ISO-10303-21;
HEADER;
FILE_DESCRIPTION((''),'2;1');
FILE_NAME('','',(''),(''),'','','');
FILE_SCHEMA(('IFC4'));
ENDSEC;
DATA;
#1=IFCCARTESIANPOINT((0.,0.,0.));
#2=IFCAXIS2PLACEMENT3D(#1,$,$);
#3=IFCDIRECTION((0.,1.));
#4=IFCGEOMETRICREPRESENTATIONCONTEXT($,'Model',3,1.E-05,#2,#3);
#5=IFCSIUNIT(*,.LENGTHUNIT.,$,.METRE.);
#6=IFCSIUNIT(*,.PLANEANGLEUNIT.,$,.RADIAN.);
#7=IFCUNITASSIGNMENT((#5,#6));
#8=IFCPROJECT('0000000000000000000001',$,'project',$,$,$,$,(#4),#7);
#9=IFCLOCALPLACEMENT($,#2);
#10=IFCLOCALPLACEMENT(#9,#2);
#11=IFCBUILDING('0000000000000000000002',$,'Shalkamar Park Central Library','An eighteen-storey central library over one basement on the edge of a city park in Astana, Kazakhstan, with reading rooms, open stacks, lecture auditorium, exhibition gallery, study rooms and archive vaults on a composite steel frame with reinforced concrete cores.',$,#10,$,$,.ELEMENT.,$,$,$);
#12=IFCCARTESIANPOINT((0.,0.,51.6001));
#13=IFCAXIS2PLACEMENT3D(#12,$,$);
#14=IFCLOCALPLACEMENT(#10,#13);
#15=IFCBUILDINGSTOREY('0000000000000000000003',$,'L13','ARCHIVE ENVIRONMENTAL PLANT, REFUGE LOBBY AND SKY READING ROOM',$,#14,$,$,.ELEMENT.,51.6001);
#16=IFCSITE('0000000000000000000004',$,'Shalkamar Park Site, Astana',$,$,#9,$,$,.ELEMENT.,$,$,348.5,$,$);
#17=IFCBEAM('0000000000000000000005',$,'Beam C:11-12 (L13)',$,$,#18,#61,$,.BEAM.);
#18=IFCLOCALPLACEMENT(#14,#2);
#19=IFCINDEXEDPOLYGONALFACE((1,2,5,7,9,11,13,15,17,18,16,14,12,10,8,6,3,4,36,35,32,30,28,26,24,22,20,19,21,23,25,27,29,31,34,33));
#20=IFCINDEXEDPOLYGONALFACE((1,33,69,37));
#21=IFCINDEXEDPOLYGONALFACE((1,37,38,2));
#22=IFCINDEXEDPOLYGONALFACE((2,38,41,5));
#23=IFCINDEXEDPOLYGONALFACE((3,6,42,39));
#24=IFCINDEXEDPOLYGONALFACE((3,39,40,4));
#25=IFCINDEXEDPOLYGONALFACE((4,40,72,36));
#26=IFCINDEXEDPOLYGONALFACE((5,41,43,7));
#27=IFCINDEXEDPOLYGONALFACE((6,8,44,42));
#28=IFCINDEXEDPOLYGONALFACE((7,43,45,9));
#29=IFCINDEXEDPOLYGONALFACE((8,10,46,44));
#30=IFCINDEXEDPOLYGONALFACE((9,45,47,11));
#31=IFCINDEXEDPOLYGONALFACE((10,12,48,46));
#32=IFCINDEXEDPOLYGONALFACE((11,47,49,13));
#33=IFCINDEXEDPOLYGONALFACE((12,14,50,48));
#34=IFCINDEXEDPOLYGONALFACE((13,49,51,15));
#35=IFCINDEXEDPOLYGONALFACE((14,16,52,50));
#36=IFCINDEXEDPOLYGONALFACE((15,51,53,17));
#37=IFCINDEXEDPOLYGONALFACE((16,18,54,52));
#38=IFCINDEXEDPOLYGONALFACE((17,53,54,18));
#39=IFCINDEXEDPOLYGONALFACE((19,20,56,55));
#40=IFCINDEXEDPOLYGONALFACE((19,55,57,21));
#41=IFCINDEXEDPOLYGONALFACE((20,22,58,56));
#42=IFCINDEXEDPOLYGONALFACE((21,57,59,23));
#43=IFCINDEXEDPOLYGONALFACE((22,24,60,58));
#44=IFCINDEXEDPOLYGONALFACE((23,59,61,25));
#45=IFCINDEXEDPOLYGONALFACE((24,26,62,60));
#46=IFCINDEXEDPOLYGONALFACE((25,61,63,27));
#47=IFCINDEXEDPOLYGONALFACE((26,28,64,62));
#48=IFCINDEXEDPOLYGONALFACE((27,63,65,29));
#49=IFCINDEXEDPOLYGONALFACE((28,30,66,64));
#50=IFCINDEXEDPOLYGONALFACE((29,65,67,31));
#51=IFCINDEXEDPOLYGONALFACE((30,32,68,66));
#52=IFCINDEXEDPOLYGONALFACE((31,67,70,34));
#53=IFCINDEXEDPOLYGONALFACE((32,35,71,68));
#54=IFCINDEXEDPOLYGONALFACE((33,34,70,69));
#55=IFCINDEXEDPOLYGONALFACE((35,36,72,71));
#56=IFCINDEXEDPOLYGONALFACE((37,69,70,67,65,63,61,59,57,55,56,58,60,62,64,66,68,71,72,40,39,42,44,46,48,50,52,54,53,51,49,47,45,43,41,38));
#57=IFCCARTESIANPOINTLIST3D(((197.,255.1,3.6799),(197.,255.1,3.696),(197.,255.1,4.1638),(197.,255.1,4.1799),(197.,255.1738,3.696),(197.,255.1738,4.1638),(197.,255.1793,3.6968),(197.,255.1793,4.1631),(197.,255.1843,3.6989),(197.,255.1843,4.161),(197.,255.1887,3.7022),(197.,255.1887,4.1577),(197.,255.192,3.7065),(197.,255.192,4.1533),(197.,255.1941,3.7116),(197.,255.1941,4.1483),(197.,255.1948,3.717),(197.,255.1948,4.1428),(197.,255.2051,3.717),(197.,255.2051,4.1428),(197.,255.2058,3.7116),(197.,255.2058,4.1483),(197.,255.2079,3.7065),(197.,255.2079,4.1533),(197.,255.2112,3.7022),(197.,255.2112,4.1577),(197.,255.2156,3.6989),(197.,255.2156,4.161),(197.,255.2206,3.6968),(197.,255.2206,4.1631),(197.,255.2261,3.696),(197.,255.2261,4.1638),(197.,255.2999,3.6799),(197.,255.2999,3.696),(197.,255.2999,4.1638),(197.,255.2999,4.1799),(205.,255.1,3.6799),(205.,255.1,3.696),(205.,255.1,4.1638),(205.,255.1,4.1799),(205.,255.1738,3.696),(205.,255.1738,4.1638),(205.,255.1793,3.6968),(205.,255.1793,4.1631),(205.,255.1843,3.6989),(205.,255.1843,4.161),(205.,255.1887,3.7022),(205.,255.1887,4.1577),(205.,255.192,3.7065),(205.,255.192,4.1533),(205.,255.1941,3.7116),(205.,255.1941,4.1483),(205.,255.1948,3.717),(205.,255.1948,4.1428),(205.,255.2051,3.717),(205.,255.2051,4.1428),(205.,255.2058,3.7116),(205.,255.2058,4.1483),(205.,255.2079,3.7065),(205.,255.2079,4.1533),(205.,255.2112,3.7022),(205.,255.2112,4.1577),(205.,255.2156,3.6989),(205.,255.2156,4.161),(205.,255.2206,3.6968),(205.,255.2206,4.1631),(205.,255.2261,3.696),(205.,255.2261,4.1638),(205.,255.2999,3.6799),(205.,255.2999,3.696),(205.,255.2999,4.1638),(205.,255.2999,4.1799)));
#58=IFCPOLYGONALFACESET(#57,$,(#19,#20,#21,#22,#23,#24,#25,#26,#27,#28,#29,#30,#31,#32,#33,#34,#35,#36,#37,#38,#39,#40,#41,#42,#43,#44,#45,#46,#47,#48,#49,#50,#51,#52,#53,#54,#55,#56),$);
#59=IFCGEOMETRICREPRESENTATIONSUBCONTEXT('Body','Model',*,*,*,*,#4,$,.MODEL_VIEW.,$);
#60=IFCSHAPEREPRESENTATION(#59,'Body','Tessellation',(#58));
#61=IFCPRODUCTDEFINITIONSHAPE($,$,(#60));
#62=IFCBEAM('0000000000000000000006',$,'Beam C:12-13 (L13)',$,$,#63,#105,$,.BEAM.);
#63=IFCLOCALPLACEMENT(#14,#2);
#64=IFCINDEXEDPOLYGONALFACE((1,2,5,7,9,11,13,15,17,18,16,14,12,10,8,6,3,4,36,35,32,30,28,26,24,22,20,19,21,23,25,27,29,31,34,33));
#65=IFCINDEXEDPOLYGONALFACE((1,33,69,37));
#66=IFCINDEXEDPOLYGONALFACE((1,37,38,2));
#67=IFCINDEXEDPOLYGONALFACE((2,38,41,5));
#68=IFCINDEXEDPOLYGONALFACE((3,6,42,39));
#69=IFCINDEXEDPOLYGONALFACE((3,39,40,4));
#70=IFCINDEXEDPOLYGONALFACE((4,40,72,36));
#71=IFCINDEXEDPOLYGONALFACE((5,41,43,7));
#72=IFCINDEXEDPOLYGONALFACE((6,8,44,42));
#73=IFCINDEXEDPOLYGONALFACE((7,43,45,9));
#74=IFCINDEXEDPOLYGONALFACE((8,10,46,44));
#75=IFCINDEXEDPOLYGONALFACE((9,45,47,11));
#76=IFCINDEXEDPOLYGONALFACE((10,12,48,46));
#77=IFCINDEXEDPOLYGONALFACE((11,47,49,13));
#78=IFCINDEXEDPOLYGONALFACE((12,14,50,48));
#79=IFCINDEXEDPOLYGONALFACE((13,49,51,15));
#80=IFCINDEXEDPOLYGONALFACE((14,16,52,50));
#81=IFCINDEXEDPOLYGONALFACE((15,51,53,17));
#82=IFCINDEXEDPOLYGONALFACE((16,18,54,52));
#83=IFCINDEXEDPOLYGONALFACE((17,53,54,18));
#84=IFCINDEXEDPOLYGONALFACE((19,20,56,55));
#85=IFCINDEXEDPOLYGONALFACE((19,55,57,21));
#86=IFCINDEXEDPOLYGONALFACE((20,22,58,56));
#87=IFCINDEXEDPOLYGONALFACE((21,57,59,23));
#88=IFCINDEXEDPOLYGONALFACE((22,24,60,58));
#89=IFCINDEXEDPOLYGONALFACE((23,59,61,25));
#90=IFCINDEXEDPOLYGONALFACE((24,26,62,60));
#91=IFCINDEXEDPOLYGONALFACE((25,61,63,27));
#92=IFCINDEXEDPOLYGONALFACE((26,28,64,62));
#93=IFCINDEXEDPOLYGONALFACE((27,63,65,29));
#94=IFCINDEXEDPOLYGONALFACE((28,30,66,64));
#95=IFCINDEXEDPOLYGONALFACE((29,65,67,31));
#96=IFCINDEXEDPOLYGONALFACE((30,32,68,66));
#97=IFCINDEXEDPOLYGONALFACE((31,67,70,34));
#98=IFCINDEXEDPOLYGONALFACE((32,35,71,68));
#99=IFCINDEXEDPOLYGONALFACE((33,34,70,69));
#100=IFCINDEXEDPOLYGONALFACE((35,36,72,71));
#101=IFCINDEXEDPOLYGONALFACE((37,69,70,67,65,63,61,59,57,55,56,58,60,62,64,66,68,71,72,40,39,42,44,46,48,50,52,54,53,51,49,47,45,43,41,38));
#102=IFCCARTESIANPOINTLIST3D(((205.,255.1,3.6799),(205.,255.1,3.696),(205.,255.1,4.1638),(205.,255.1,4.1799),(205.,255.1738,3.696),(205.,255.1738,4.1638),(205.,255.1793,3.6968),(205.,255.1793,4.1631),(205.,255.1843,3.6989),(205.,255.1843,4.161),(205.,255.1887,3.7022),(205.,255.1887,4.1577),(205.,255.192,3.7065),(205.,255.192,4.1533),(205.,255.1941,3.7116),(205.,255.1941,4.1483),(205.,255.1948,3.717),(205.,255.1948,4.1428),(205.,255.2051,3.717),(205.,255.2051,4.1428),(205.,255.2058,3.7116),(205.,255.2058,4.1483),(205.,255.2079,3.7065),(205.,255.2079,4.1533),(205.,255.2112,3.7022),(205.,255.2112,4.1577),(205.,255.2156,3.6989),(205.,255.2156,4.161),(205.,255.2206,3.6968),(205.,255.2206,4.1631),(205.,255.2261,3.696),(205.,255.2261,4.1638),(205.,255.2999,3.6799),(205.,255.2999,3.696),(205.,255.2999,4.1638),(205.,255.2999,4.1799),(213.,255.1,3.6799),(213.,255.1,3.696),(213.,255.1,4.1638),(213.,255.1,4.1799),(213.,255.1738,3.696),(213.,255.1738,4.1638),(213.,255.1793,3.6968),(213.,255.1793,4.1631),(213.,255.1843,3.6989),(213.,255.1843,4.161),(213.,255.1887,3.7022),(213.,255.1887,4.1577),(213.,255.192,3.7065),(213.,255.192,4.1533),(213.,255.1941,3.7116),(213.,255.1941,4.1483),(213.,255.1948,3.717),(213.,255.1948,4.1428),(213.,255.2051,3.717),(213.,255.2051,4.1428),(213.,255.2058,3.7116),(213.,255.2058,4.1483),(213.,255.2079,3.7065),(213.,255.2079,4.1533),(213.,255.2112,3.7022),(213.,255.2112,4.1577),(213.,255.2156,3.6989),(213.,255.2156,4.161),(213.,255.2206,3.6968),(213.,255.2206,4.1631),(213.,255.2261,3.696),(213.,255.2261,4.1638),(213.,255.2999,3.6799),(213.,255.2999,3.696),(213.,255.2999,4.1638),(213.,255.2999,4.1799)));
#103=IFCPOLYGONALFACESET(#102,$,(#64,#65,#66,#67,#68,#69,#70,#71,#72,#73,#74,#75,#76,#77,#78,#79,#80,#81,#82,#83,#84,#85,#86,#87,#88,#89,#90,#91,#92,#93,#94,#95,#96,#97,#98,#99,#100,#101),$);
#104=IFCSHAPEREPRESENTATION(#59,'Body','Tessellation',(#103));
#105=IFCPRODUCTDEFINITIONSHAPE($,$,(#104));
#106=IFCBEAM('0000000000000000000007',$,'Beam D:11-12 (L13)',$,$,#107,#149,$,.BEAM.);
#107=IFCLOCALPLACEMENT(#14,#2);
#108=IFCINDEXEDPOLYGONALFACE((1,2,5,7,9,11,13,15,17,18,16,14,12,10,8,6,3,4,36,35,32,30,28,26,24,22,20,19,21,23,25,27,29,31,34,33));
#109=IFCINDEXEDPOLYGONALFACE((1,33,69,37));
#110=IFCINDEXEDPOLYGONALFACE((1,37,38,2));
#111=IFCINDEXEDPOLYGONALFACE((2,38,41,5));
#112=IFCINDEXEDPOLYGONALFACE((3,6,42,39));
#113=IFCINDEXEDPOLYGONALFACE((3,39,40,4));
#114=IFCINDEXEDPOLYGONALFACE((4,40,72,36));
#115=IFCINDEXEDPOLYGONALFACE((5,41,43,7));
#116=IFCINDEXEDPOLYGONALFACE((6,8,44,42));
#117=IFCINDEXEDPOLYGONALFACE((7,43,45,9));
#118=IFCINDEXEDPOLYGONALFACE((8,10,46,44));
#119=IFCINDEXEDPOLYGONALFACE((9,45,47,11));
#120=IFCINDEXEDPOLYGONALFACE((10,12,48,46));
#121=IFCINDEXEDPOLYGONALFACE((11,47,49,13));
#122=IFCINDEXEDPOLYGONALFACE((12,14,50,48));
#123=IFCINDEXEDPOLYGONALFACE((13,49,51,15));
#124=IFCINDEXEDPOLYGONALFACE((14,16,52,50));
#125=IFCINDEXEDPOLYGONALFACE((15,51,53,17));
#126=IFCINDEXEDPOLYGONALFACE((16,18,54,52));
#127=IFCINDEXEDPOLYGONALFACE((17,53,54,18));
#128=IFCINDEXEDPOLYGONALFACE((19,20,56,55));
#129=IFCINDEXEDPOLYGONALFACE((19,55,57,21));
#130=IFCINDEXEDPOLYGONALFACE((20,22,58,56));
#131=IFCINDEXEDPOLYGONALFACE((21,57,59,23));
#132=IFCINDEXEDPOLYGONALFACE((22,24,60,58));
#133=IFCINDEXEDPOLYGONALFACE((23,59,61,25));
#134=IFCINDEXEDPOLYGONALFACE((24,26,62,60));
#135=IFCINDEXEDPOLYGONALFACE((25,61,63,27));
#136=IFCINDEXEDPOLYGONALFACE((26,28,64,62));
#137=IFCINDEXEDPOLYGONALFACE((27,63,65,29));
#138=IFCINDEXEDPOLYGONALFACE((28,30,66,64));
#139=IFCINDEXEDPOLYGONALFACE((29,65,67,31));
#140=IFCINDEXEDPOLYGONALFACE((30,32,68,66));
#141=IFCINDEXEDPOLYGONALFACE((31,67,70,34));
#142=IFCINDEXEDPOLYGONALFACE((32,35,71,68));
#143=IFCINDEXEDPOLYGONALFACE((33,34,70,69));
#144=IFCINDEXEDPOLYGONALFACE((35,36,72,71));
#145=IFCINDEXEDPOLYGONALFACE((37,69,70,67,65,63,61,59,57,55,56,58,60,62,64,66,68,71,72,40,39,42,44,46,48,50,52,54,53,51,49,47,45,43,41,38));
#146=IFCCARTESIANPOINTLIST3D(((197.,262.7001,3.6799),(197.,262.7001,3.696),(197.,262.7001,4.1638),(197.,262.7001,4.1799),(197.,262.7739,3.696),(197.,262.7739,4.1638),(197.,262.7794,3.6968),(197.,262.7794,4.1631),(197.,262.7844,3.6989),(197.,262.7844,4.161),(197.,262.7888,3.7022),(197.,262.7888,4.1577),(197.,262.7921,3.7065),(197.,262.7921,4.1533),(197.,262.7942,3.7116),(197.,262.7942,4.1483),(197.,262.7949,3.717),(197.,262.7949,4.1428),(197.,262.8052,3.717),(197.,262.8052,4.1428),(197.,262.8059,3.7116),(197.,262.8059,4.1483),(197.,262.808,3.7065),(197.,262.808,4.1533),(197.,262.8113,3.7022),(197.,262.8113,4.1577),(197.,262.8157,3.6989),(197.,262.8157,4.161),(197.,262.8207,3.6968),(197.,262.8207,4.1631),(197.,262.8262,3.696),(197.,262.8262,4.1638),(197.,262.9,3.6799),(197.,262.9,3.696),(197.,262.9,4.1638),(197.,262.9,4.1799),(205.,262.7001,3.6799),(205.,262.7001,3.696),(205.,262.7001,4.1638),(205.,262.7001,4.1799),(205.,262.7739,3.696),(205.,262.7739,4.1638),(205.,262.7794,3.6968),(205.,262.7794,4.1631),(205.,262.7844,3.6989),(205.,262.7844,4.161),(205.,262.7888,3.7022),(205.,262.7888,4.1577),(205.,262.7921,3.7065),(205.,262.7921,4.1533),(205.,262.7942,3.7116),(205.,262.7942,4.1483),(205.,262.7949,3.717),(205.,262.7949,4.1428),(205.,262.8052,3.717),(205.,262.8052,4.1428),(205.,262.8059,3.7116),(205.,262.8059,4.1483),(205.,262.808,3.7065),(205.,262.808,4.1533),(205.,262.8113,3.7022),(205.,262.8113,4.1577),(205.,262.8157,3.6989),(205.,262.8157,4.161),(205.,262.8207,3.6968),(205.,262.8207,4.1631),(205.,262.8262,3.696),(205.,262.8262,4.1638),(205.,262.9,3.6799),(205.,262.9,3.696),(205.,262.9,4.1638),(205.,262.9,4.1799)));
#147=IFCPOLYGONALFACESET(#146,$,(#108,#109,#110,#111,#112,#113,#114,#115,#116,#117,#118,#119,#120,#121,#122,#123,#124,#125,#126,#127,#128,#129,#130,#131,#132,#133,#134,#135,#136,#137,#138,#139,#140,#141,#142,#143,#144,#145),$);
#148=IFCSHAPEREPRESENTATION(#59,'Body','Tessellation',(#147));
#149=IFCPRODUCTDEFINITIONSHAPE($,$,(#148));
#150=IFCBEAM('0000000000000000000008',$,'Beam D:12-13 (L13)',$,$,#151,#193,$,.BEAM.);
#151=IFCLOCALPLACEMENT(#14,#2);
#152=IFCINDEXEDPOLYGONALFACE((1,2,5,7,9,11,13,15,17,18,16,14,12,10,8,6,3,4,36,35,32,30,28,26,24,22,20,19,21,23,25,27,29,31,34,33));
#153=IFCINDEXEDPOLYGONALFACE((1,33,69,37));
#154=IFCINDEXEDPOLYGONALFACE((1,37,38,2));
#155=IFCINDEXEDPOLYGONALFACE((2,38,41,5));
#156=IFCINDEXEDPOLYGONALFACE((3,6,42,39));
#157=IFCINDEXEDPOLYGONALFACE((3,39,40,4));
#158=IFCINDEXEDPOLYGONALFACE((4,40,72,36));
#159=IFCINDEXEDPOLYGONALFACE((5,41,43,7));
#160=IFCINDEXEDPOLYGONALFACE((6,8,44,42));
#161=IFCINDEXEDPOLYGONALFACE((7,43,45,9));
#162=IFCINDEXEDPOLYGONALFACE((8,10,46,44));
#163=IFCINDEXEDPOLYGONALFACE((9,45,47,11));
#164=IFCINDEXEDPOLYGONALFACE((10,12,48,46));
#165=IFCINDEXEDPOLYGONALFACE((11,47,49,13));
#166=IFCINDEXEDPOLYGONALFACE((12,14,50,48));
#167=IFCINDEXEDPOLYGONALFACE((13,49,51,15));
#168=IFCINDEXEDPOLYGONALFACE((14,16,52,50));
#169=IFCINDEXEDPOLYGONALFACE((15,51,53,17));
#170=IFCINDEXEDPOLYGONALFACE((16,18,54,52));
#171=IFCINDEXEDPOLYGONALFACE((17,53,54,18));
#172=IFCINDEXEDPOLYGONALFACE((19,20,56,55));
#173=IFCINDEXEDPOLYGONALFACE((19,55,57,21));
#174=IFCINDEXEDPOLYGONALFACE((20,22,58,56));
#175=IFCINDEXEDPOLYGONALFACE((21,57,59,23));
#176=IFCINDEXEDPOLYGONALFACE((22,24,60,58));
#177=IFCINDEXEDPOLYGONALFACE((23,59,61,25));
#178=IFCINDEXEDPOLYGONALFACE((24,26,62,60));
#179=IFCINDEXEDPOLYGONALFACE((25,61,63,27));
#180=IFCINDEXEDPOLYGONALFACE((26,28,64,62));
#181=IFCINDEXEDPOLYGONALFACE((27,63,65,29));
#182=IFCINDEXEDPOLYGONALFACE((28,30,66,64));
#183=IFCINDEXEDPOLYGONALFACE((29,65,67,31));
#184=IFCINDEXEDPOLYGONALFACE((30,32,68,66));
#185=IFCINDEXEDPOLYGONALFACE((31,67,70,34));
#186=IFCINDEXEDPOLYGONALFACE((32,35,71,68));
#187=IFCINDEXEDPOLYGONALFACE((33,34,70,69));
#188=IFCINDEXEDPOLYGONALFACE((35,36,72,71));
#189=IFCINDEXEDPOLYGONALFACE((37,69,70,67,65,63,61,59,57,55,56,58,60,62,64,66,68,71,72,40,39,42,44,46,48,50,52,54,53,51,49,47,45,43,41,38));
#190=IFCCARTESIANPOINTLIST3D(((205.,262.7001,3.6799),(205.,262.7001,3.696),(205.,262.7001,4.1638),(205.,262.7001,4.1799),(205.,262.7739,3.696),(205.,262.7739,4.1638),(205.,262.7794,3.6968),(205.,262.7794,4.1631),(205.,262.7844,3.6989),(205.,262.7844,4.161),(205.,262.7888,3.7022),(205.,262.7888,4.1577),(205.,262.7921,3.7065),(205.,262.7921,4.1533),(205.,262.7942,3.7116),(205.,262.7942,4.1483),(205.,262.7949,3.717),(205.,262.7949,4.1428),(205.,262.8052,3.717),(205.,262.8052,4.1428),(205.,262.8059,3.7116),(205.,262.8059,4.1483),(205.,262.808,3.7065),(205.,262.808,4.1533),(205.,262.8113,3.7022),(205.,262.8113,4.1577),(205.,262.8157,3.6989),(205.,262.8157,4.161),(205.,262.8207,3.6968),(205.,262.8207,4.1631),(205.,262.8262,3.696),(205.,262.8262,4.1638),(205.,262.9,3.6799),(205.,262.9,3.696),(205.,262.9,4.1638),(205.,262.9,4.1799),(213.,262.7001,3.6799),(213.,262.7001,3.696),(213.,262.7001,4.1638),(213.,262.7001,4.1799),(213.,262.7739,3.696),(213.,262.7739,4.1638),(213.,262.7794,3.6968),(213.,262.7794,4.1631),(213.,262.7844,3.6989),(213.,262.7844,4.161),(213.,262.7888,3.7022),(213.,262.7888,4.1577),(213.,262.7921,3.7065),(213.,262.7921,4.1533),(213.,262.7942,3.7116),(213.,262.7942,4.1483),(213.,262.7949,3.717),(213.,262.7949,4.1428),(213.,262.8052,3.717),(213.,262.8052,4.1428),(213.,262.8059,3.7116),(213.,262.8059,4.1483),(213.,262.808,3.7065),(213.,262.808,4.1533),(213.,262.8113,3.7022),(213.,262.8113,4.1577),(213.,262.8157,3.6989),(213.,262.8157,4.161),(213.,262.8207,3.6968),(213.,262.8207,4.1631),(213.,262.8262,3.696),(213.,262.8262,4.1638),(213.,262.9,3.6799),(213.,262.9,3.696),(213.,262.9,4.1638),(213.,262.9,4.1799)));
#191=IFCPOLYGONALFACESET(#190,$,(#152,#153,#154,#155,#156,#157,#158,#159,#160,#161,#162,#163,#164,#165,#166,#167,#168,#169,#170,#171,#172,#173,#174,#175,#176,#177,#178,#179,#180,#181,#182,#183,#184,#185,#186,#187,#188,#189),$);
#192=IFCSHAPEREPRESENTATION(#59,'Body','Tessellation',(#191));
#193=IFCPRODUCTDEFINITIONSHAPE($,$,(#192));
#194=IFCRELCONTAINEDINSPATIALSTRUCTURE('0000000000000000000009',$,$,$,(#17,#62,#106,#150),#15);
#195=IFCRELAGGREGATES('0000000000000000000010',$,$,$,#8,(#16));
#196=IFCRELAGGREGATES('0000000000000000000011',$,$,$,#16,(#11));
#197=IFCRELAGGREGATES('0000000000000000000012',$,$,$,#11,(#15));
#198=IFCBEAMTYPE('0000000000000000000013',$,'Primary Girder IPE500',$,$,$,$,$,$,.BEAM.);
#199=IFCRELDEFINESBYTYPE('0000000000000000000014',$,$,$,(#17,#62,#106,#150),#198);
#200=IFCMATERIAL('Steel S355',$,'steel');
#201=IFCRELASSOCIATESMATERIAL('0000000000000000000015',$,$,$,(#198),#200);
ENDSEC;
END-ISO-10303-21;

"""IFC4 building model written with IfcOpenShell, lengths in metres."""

from ifc_helpers import new_model, si_unit, direction, frame, origin, origin_2d, place, context, subcontext, project, spatial, i_section, extrude, material, material_profile, profile_set, type_object, element, save


model = new_model("IFC4")

# Units and contexts
model_context = context("Model", 3, precision=1e-05, world=origin(), true_north=direction((0.0, 1.0)))
body_context = subcontext(model_context, "Body", "Model", "MODEL_VIEW")
ifc_project = project(units=[si_unit("LENGTHUNIT", "METRE"), si_unit("PLANEANGLEUNIT", "RADIAN")], contexts=[model_context])

# Site, building, storey
site_placement = place(None, origin())
site = spatial("IfcSite", under=ifc_project, at=site_placement, Name="Shalkamar Park Site, Astana", CompositionType="ELEMENT", RefElevation=348.5)
building_placement = place(site_placement, origin())
building = spatial("IfcBuilding", under=site, at=building_placement, Name="Shalkamar Park Central Library", Description="An eighteen-storey central library over one basement on the edge of a city park in Astana, Kazakhstan, with reading rooms, open stacks, lecture auditorium, exhibition gallery, study rooms and archive vaults on a composite steel frame with reinforced concrete cores.", CompositionType="ELEMENT")
storey_placement = place(building_placement, frame((0.0, 0.0, 51.6001)))
storey = spatial("IfcBuildingStorey", under=building, at=storey_placement, Name="L13", Description="ARCHIVE ENVIRONMENTAL PLANT, REFUGE LOBBY AND SKY READING ROOM", CompositionType="ELEMENT", Elevation=51.6001)

# Shared definitions
ifc_material_1 = material(Name="Steel S355", Category="steel")

# Beams
ifc_material_profile_1 = material_profile(ifc_material_1, i_section(OverallWidth=0.2, OverallDepth=0.5, WebThickness=0.0103, FlangeThickness=0.0161, FilletRadius=0.021, at=origin_2d()), Name="IPE 500")
ifc_profile_set_1 = profile_set([ifc_material_profile_1], Name="Steel S355")
beam_type_1 = type_object("IfcBeamType", Name="Primary Girder IPE500", PredefinedType="BEAM", material=ifc_profile_set_1)
for number, where, z_axis, x_axis, name in (
    (1, (197.0, 255.2, 3.9299), (1.0, 0.0, 0.0), (0.0, 1.0, 0.0), "Beam C:11-12 (L13)"),
    (2, (205.0, 255.2, 3.9299), (1.0, 0.0, 0.0), (0.0, 1.0, 0.0), "Beam C:12-13 (L13)"),
    (3, (197.0, 262.8, 3.9299), (1.0, 0.0, 0.0), (0.0, 1.0, 0.0), "Beam D:11-12 (L13)"),
    (4, (205.0, 262.8, 3.9299), (1.0, 0.0, 0.0), (0.0, 1.0, 0.0), "Beam D:12-13 (L13)"),
):
    element("IfcBeam", number, at=place(storey_placement, frame(where, z_axis=z_axis, x_axis=x_axis)), inside=storey, type_object=beam_type_1, Name=name, PredefinedType="BEAM", context=body_context, shape_type="SweptSolid", body=[
        extrude(i_section(OverallWidth=0.2, OverallDepth=0.5, WebThickness=0.0103, FlangeThickness=0.0161, FilletRadius=0.021, at=origin_2d()), origin(), (0.0, 0.0, 1.0), 8.0),
    ])

save(model, "model.ifc")
